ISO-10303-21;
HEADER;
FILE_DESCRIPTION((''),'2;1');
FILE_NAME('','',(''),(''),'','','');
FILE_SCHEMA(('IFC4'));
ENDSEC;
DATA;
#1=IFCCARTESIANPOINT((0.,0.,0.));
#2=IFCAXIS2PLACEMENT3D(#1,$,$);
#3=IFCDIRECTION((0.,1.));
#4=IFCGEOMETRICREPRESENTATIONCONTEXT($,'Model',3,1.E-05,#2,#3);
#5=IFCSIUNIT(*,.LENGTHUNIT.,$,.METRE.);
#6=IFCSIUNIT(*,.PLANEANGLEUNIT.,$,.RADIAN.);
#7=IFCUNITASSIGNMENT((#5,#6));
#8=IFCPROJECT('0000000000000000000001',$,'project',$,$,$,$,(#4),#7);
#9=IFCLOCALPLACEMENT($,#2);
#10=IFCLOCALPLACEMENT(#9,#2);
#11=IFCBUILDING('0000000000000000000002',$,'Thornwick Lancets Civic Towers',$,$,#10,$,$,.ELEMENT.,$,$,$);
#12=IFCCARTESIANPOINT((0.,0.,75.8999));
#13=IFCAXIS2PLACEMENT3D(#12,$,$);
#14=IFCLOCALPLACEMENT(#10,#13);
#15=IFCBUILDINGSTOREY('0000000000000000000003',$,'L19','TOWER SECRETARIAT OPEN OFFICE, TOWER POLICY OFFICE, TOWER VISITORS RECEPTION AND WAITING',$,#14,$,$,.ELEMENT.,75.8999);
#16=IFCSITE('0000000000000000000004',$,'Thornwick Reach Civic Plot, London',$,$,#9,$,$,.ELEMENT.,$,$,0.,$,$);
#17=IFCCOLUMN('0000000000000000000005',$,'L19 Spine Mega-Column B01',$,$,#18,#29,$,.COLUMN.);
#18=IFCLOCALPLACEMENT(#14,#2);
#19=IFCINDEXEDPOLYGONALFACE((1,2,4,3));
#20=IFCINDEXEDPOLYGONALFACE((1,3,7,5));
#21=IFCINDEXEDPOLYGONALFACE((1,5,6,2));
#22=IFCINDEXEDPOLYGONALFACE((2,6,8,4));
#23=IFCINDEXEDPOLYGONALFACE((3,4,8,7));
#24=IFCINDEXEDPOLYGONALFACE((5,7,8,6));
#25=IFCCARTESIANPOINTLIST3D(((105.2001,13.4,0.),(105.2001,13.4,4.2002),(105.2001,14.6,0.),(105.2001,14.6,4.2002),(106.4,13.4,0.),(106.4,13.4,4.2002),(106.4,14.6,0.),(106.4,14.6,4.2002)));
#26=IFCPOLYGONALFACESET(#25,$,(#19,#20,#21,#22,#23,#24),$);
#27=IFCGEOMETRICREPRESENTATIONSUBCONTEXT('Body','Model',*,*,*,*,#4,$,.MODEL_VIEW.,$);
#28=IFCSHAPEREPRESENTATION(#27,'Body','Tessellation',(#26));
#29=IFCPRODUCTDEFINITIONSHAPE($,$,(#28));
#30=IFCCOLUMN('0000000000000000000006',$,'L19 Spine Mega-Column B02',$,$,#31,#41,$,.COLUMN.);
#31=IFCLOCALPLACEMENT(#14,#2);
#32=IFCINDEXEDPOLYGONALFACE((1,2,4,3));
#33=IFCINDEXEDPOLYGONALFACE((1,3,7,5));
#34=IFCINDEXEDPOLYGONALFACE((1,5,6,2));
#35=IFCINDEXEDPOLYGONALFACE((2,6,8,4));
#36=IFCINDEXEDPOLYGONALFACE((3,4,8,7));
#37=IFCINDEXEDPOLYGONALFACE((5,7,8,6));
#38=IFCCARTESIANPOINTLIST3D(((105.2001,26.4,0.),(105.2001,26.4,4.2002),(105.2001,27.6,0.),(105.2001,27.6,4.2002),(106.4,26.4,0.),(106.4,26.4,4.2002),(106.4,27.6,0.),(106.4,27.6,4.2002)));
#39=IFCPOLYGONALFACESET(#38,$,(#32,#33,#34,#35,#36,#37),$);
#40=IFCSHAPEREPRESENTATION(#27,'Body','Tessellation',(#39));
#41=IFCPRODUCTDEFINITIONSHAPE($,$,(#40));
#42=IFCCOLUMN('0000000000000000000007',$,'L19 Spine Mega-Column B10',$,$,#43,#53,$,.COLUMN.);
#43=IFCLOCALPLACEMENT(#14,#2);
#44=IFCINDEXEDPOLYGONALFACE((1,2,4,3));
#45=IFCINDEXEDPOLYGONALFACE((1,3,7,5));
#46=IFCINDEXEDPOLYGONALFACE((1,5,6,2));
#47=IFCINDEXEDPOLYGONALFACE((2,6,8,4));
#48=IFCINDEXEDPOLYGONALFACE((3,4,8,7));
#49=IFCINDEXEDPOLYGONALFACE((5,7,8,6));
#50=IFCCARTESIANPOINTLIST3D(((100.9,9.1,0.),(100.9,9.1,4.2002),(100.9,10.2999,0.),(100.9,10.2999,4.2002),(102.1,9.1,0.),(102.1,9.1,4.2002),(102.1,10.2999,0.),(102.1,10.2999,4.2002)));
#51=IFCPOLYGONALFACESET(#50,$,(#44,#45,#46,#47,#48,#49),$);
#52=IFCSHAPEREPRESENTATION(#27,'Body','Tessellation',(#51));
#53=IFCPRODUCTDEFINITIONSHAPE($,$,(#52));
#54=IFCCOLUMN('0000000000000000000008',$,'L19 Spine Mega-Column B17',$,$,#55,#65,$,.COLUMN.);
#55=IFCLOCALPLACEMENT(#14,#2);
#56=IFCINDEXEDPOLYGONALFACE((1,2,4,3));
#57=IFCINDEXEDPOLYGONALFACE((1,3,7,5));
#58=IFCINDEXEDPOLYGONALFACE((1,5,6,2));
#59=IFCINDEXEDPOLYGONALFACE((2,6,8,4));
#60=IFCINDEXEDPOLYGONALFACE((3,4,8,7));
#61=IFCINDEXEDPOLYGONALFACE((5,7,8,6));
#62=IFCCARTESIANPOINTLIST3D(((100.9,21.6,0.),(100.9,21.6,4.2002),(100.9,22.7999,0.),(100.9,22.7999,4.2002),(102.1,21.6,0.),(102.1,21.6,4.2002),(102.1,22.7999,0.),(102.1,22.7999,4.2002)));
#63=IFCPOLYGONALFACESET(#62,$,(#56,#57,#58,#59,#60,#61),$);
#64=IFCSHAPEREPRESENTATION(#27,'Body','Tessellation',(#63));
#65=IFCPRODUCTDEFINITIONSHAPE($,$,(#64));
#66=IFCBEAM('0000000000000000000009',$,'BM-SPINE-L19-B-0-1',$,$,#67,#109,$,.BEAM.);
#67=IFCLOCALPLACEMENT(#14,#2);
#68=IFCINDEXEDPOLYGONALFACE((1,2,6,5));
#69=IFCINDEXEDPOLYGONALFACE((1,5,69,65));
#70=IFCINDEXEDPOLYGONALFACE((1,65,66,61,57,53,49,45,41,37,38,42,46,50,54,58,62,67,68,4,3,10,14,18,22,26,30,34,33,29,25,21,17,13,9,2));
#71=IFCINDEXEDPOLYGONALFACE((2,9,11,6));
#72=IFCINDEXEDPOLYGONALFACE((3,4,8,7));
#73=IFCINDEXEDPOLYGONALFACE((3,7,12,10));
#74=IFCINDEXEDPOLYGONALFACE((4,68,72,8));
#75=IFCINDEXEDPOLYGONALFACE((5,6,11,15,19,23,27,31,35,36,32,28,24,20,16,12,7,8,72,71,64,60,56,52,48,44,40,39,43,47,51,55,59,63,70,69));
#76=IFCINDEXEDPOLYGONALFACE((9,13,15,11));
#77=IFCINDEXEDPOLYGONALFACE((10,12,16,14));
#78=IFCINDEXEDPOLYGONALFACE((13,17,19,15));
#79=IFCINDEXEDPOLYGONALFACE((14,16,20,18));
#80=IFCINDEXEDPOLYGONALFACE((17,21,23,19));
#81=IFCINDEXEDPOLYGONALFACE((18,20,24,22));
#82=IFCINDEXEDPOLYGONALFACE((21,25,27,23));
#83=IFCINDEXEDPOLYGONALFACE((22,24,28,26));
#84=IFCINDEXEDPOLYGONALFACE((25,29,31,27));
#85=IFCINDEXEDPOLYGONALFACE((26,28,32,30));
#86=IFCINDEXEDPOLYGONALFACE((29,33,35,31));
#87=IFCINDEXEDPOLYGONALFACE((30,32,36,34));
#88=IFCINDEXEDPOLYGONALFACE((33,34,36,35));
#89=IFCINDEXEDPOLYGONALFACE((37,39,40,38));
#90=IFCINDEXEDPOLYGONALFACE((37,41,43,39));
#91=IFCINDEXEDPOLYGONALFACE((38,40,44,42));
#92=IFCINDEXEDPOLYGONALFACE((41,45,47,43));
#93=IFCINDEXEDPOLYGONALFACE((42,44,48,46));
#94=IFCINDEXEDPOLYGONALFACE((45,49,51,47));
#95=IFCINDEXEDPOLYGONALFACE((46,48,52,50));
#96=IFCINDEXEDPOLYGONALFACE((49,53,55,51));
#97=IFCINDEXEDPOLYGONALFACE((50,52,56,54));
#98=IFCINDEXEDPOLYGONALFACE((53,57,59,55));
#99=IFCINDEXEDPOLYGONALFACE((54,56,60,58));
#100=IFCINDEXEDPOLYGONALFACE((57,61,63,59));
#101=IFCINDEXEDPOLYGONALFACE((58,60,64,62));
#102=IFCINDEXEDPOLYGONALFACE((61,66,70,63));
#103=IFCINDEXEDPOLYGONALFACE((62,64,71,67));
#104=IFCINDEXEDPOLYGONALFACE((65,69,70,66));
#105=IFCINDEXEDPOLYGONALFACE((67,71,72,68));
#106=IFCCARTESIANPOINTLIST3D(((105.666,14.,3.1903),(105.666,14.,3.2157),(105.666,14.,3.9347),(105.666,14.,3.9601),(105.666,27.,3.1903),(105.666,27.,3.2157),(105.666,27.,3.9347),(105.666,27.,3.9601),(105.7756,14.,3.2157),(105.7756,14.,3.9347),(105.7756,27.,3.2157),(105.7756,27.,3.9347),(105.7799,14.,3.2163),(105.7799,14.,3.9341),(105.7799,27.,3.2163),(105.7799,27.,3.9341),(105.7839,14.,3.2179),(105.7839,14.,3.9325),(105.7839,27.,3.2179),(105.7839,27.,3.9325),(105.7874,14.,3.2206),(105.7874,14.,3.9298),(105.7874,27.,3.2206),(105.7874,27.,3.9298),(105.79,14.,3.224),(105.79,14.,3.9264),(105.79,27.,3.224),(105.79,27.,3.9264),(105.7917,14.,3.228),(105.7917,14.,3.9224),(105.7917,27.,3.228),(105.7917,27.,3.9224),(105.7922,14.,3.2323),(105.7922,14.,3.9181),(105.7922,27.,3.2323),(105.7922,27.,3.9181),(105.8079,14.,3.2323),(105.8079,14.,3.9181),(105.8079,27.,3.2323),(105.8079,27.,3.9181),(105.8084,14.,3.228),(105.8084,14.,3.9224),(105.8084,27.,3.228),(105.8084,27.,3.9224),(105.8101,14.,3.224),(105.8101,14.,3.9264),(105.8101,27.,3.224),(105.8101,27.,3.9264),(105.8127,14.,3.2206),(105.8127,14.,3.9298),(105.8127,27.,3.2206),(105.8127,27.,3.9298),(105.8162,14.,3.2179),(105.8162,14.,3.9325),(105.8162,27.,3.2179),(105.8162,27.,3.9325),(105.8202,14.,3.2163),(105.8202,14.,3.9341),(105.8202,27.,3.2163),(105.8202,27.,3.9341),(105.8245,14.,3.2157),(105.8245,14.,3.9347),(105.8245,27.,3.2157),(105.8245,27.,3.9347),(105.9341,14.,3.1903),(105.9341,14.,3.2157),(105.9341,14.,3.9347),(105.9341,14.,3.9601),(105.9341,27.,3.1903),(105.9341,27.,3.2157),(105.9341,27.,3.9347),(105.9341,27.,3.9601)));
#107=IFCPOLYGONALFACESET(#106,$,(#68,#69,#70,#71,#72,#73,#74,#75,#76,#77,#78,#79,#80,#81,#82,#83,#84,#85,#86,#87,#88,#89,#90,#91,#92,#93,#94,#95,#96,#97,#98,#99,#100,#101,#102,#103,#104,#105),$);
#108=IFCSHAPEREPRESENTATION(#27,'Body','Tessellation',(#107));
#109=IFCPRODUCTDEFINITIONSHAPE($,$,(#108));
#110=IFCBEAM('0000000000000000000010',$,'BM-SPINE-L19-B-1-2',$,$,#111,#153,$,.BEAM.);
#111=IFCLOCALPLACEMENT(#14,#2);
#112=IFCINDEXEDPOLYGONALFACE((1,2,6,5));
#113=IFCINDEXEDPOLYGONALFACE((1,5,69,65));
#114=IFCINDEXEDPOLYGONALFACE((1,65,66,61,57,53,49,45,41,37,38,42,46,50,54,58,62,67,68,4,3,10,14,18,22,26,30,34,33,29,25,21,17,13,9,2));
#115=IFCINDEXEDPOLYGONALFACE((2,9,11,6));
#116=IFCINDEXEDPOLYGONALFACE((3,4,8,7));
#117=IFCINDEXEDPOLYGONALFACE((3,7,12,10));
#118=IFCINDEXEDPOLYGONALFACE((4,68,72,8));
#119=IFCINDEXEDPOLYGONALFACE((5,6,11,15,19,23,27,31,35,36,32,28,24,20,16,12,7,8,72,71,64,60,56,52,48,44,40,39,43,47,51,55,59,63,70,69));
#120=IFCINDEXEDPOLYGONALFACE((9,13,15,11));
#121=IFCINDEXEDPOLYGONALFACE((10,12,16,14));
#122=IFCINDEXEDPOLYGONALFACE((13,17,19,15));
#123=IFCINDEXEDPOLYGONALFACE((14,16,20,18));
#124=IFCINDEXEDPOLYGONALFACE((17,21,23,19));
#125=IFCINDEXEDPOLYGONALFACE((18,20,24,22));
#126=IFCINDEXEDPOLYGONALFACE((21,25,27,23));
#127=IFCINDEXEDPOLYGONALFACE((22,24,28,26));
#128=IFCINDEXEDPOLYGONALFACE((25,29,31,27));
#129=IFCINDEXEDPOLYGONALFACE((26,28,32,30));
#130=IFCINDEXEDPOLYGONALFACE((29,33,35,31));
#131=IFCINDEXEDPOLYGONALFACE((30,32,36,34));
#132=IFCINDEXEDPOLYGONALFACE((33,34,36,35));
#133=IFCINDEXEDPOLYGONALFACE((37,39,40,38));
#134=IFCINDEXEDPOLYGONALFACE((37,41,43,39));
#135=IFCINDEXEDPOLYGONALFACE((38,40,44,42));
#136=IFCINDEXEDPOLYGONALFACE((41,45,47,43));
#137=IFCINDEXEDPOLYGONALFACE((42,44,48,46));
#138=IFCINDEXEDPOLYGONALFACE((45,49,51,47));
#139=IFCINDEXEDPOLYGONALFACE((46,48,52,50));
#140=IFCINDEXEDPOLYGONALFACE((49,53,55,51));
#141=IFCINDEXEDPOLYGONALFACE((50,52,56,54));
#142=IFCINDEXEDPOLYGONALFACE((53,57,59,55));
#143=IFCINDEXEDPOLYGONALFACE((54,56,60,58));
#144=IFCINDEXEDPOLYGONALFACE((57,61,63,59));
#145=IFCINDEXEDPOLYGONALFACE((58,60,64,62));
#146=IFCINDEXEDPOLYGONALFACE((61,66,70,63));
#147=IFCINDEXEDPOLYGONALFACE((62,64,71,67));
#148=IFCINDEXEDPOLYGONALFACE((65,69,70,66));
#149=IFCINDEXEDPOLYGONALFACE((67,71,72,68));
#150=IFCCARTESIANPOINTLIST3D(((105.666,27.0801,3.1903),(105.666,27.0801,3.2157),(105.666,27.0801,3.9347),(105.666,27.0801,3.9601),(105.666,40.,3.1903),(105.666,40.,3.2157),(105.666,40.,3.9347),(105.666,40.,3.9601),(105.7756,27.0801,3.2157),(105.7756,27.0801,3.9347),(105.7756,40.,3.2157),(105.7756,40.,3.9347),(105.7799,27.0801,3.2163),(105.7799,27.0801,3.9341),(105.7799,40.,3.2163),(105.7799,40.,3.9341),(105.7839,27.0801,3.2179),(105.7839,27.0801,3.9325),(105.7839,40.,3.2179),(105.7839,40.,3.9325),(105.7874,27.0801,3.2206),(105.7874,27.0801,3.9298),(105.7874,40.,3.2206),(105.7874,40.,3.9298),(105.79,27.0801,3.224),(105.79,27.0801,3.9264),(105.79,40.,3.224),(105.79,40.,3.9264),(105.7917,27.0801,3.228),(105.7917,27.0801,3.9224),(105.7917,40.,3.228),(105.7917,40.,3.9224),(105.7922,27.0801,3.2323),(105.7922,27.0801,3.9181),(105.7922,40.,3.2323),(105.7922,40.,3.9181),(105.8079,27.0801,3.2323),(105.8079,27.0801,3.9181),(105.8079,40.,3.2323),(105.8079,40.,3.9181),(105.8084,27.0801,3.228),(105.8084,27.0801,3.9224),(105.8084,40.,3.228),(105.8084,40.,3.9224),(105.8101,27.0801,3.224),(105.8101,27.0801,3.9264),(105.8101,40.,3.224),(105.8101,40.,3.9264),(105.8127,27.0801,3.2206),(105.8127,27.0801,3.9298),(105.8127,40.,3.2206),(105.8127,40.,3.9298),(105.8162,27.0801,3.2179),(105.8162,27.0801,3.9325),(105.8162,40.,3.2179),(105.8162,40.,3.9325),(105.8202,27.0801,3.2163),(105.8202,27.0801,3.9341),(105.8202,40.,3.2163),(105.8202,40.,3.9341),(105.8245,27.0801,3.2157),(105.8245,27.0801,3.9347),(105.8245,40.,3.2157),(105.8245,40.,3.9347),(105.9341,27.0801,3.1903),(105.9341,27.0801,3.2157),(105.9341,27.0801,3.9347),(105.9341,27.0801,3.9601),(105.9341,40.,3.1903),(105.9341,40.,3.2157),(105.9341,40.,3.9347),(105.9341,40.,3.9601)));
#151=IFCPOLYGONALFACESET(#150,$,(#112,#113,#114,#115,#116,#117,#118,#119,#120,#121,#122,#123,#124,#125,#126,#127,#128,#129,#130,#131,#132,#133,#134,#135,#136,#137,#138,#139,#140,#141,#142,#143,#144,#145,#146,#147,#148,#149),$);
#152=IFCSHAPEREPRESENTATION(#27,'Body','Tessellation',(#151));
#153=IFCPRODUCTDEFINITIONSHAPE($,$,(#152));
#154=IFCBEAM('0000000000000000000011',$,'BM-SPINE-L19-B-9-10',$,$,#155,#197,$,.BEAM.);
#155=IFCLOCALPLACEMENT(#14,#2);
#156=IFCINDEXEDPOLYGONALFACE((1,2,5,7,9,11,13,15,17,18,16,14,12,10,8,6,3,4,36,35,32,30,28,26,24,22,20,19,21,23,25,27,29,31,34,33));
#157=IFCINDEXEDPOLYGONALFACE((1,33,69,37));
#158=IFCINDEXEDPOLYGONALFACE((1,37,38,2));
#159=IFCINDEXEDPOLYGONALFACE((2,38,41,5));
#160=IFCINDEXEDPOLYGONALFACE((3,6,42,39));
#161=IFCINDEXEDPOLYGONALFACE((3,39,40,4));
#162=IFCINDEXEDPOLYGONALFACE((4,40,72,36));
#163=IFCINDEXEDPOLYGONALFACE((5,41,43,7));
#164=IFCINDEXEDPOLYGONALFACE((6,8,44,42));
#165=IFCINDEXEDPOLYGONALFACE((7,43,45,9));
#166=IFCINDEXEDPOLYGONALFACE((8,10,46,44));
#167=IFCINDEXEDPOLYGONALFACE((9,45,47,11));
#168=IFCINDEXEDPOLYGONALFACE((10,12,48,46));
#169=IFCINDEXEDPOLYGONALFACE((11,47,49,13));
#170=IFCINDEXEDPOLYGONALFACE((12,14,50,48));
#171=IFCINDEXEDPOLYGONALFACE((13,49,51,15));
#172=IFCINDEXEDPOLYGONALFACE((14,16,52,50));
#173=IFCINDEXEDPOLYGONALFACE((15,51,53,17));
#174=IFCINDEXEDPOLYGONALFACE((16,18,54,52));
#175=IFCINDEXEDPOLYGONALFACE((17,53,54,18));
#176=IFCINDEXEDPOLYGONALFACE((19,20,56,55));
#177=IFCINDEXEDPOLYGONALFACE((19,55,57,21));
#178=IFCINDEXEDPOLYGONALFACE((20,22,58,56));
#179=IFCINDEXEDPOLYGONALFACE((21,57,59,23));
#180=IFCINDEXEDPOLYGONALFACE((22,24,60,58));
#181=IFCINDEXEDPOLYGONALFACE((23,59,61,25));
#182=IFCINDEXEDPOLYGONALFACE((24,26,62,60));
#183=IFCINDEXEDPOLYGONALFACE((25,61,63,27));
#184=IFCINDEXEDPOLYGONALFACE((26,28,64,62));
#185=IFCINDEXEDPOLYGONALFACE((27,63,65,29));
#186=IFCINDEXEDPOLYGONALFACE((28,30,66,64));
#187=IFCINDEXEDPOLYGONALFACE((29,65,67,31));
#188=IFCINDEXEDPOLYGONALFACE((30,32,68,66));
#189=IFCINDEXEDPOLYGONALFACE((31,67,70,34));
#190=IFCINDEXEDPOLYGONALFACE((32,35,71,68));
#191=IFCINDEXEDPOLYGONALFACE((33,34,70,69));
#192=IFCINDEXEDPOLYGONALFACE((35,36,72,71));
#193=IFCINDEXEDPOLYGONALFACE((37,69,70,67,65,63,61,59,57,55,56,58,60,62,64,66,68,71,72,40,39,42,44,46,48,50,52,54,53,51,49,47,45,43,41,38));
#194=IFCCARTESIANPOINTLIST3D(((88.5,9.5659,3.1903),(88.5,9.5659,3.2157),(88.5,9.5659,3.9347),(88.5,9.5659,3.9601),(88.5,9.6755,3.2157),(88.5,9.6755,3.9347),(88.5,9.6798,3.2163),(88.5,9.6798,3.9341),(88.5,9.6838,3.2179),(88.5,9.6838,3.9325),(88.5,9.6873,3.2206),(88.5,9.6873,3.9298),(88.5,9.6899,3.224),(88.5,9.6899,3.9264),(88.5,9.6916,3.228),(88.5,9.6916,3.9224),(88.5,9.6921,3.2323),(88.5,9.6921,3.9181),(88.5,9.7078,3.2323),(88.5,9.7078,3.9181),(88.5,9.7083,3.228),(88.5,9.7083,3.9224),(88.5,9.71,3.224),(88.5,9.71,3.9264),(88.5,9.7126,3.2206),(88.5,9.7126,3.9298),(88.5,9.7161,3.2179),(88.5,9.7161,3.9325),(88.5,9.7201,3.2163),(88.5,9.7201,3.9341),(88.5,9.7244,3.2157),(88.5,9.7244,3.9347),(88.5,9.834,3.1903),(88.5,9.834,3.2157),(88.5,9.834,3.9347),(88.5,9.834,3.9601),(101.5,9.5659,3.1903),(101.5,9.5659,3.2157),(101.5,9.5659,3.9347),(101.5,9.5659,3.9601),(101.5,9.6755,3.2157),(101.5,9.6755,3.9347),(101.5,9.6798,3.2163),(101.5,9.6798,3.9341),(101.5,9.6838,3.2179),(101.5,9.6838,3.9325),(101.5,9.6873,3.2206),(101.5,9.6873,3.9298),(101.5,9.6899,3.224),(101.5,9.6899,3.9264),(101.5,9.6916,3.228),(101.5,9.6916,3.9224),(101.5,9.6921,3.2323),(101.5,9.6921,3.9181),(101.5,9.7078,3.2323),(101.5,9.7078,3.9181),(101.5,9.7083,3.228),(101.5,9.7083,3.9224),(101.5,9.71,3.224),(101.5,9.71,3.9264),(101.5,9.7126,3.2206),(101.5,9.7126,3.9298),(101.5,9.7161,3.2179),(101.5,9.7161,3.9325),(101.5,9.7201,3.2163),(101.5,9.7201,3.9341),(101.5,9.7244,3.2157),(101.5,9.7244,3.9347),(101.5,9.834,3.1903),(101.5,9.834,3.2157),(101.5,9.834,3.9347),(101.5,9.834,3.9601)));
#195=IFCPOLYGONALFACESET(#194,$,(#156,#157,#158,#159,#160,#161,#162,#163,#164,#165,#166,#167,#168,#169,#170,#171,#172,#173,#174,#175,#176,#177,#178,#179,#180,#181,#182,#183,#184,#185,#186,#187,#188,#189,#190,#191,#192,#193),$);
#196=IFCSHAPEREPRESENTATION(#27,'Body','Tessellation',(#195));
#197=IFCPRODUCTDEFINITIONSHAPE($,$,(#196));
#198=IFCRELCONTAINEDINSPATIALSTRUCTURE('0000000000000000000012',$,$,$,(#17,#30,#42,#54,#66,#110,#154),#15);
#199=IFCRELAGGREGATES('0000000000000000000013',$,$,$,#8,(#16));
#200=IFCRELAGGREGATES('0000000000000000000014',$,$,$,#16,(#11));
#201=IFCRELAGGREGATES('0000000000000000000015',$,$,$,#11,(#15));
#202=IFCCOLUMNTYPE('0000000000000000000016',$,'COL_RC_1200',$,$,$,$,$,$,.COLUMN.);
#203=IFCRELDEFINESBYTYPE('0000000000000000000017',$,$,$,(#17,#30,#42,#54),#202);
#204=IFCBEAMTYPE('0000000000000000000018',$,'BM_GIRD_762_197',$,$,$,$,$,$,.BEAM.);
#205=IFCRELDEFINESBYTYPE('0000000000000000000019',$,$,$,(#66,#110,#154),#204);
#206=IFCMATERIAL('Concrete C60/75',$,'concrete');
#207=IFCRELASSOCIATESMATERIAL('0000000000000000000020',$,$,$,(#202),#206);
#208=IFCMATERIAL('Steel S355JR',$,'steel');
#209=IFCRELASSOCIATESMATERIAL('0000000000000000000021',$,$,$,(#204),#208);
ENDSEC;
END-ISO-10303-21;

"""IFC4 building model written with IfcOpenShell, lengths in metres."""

from ifc_helpers import new_model, si_unit, direction, frame, origin, origin_2d, place, context, subcontext, project, spatial, rectangle, i_section, extrude, material, material_profile, profile_set, type_object, element, save


model = new_model("IFC4")

# Units and contexts
model_context = context("Model", 3, precision=1e-05, world=origin(), true_north=direction((0.0, 1.0)))
body_context = subcontext(model_context, "Body", "Model", "MODEL_VIEW")
ifc_project = project(units=[si_unit("LENGTHUNIT", "METRE"), si_unit("PLANEANGLEUNIT", "RADIAN")], contexts=[model_context])

# Site, building, storey
site_placement = place(None, origin())
site = spatial("IfcSite", under=ifc_project, at=site_placement, Name="Thornwick Reach Civic Plot, London", CompositionType="ELEMENT", RefElevation=0.0)
building_placement = place(site_placement, origin())
building = spatial("IfcBuilding", under=site, at=building_placement, Name="Thornwick Lancets Civic Towers", CompositionType="ELEMENT")
storey_placement = place(building_placement, frame((0.0, 0.0, 75.8999)))
storey = spatial("IfcBuildingStorey", under=building, at=storey_placement, Name="L19", Description="TOWER SECRETARIAT OPEN OFFICE, TOWER POLICY OFFICE, TOWER VISITORS RECEPTION AND WAITING", CompositionType="ELEMENT", Elevation=75.8999)

# Columns
ifc_material_1 = material(Name="Concrete C60/75", Category="concrete")
ifc_material_profile_1 = material_profile(ifc_material_1, rectangle(XDim=1.2, YDim=1.2, at=origin_2d()), Name="RC 1200x1200")
ifc_profile_set_1 = profile_set([ifc_material_profile_1], Name="Concrete C60/75")
column_type = type_object("IfcColumnType", Name="COL_RC_1200", PredefinedType="COLUMN", material=ifc_profile_set_1)
for number, where, z_axis, x_axis, name in (
    (1, (105.8, 14.0, 0.0), (0.0, 0.0, 1.0), (1.0, 0.0, 0.0), "L19 Spine Mega-Column B01"),
    (2, (105.8, 27.0, 0.0), (0.0, 0.0, 1.0), (1.0, 0.0, 0.0), "L19 Spine Mega-Column B02"),
    (3, (101.5, 9.7, 0.0), (0.0, 0.0, 1.0), (1.0, 0.0, 0.0), "L19 Spine Mega-Column B10"),
    (4, (101.5, 22.2, 0.0), (0.0, 0.0, 1.0), (1.0, 0.0, 0.0), "L19 Spine Mega-Column B17"),
):
    element("IfcColumn", number, at=place(storey_placement, frame(where, z_axis=z_axis, x_axis=x_axis)), inside=storey, type_object=column_type, Name=name, PredefinedType="COLUMN", context=body_context, shape_type="SweptSolid", body=[
        extrude(rectangle(XDim=1.2, YDim=1.2, at=origin_2d()), origin(), (0.0, 0.0, 1.0), 4.2002),
    ])

# Beams
ifc_material_2 = material(Name="Steel S355JR", Category="steel")
ifc_material_profile_2 = material_profile(ifc_material_2, i_section(OverallWidth=0.2681, OverallDepth=0.7698, WebThickness=0.0156, FlangeThickness=0.0254, FilletRadius=0.0166, at=origin_2d()), Name="UKB 762x267x197")
ifc_profile_set_2 = profile_set([ifc_material_profile_2], Name="Steel S355JR")
beam_type_1 = type_object("IfcBeamType", Name="BM_GIRD_762_197", PredefinedType="BEAM", material=ifc_profile_set_2)
beam_1_placement = place(storey_placement, frame((105.8, 14.0, 3.5752), z_axis=(0.0, 1.0, 0.0), x_axis=(-1.0, 0.0, 0.0)))
element("IfcBeam", 5, at=beam_1_placement, inside=storey, type_object=beam_type_1, Name="BM-SPINE-L19-B-0-1", PredefinedType="BEAM", context=body_context, shape_type="SweptSolid", body=[
    extrude(i_section(OverallWidth=0.2681, OverallDepth=0.7698, WebThickness=0.0156, FlangeThickness=0.0254, FilletRadius=0.0166, at=origin_2d()), origin(), (0.0, 0.0, 1.0), 13.0),
])
beam_2_placement = place(storey_placement, frame((105.8, 27.0801, 3.5752), z_axis=(0.0, 1.0, 0.0), x_axis=(-1.0, 0.0, 0.0)))
element("IfcBeam", 6, at=beam_2_placement, inside=storey, type_object=beam_type_1, Name="BM-SPINE-L19-B-1-2", PredefinedType="BEAM", context=body_context, shape_type="SweptSolid", body=[
    extrude(i_section(OverallWidth=0.2681, OverallDepth=0.7698, WebThickness=0.0156, FlangeThickness=0.0254, FilletRadius=0.0166, at=origin_2d()), origin(), (0.0, 0.0, 1.0), 12.9199),
])
beam_3_placement = place(storey_placement, frame((101.5, 9.7, 3.5752), z_axis=(-1.0, 0.0, 0.0), x_axis=(0.0, -1.0, 0.0)))
element("IfcBeam", 7, at=beam_3_placement, inside=storey, type_object=beam_type_1, Name="BM-SPINE-L19-B-9-10", PredefinedType="BEAM", context=body_context, shape_type="SweptSolid", body=[
    extrude(i_section(OverallWidth=0.2681, OverallDepth=0.7698, WebThickness=0.0156, FlangeThickness=0.0254, FilletRadius=0.0166, at=origin_2d()), origin(), (0.0, 0.0, 1.0), 13.0),
])

save(model, "model.ifc")
